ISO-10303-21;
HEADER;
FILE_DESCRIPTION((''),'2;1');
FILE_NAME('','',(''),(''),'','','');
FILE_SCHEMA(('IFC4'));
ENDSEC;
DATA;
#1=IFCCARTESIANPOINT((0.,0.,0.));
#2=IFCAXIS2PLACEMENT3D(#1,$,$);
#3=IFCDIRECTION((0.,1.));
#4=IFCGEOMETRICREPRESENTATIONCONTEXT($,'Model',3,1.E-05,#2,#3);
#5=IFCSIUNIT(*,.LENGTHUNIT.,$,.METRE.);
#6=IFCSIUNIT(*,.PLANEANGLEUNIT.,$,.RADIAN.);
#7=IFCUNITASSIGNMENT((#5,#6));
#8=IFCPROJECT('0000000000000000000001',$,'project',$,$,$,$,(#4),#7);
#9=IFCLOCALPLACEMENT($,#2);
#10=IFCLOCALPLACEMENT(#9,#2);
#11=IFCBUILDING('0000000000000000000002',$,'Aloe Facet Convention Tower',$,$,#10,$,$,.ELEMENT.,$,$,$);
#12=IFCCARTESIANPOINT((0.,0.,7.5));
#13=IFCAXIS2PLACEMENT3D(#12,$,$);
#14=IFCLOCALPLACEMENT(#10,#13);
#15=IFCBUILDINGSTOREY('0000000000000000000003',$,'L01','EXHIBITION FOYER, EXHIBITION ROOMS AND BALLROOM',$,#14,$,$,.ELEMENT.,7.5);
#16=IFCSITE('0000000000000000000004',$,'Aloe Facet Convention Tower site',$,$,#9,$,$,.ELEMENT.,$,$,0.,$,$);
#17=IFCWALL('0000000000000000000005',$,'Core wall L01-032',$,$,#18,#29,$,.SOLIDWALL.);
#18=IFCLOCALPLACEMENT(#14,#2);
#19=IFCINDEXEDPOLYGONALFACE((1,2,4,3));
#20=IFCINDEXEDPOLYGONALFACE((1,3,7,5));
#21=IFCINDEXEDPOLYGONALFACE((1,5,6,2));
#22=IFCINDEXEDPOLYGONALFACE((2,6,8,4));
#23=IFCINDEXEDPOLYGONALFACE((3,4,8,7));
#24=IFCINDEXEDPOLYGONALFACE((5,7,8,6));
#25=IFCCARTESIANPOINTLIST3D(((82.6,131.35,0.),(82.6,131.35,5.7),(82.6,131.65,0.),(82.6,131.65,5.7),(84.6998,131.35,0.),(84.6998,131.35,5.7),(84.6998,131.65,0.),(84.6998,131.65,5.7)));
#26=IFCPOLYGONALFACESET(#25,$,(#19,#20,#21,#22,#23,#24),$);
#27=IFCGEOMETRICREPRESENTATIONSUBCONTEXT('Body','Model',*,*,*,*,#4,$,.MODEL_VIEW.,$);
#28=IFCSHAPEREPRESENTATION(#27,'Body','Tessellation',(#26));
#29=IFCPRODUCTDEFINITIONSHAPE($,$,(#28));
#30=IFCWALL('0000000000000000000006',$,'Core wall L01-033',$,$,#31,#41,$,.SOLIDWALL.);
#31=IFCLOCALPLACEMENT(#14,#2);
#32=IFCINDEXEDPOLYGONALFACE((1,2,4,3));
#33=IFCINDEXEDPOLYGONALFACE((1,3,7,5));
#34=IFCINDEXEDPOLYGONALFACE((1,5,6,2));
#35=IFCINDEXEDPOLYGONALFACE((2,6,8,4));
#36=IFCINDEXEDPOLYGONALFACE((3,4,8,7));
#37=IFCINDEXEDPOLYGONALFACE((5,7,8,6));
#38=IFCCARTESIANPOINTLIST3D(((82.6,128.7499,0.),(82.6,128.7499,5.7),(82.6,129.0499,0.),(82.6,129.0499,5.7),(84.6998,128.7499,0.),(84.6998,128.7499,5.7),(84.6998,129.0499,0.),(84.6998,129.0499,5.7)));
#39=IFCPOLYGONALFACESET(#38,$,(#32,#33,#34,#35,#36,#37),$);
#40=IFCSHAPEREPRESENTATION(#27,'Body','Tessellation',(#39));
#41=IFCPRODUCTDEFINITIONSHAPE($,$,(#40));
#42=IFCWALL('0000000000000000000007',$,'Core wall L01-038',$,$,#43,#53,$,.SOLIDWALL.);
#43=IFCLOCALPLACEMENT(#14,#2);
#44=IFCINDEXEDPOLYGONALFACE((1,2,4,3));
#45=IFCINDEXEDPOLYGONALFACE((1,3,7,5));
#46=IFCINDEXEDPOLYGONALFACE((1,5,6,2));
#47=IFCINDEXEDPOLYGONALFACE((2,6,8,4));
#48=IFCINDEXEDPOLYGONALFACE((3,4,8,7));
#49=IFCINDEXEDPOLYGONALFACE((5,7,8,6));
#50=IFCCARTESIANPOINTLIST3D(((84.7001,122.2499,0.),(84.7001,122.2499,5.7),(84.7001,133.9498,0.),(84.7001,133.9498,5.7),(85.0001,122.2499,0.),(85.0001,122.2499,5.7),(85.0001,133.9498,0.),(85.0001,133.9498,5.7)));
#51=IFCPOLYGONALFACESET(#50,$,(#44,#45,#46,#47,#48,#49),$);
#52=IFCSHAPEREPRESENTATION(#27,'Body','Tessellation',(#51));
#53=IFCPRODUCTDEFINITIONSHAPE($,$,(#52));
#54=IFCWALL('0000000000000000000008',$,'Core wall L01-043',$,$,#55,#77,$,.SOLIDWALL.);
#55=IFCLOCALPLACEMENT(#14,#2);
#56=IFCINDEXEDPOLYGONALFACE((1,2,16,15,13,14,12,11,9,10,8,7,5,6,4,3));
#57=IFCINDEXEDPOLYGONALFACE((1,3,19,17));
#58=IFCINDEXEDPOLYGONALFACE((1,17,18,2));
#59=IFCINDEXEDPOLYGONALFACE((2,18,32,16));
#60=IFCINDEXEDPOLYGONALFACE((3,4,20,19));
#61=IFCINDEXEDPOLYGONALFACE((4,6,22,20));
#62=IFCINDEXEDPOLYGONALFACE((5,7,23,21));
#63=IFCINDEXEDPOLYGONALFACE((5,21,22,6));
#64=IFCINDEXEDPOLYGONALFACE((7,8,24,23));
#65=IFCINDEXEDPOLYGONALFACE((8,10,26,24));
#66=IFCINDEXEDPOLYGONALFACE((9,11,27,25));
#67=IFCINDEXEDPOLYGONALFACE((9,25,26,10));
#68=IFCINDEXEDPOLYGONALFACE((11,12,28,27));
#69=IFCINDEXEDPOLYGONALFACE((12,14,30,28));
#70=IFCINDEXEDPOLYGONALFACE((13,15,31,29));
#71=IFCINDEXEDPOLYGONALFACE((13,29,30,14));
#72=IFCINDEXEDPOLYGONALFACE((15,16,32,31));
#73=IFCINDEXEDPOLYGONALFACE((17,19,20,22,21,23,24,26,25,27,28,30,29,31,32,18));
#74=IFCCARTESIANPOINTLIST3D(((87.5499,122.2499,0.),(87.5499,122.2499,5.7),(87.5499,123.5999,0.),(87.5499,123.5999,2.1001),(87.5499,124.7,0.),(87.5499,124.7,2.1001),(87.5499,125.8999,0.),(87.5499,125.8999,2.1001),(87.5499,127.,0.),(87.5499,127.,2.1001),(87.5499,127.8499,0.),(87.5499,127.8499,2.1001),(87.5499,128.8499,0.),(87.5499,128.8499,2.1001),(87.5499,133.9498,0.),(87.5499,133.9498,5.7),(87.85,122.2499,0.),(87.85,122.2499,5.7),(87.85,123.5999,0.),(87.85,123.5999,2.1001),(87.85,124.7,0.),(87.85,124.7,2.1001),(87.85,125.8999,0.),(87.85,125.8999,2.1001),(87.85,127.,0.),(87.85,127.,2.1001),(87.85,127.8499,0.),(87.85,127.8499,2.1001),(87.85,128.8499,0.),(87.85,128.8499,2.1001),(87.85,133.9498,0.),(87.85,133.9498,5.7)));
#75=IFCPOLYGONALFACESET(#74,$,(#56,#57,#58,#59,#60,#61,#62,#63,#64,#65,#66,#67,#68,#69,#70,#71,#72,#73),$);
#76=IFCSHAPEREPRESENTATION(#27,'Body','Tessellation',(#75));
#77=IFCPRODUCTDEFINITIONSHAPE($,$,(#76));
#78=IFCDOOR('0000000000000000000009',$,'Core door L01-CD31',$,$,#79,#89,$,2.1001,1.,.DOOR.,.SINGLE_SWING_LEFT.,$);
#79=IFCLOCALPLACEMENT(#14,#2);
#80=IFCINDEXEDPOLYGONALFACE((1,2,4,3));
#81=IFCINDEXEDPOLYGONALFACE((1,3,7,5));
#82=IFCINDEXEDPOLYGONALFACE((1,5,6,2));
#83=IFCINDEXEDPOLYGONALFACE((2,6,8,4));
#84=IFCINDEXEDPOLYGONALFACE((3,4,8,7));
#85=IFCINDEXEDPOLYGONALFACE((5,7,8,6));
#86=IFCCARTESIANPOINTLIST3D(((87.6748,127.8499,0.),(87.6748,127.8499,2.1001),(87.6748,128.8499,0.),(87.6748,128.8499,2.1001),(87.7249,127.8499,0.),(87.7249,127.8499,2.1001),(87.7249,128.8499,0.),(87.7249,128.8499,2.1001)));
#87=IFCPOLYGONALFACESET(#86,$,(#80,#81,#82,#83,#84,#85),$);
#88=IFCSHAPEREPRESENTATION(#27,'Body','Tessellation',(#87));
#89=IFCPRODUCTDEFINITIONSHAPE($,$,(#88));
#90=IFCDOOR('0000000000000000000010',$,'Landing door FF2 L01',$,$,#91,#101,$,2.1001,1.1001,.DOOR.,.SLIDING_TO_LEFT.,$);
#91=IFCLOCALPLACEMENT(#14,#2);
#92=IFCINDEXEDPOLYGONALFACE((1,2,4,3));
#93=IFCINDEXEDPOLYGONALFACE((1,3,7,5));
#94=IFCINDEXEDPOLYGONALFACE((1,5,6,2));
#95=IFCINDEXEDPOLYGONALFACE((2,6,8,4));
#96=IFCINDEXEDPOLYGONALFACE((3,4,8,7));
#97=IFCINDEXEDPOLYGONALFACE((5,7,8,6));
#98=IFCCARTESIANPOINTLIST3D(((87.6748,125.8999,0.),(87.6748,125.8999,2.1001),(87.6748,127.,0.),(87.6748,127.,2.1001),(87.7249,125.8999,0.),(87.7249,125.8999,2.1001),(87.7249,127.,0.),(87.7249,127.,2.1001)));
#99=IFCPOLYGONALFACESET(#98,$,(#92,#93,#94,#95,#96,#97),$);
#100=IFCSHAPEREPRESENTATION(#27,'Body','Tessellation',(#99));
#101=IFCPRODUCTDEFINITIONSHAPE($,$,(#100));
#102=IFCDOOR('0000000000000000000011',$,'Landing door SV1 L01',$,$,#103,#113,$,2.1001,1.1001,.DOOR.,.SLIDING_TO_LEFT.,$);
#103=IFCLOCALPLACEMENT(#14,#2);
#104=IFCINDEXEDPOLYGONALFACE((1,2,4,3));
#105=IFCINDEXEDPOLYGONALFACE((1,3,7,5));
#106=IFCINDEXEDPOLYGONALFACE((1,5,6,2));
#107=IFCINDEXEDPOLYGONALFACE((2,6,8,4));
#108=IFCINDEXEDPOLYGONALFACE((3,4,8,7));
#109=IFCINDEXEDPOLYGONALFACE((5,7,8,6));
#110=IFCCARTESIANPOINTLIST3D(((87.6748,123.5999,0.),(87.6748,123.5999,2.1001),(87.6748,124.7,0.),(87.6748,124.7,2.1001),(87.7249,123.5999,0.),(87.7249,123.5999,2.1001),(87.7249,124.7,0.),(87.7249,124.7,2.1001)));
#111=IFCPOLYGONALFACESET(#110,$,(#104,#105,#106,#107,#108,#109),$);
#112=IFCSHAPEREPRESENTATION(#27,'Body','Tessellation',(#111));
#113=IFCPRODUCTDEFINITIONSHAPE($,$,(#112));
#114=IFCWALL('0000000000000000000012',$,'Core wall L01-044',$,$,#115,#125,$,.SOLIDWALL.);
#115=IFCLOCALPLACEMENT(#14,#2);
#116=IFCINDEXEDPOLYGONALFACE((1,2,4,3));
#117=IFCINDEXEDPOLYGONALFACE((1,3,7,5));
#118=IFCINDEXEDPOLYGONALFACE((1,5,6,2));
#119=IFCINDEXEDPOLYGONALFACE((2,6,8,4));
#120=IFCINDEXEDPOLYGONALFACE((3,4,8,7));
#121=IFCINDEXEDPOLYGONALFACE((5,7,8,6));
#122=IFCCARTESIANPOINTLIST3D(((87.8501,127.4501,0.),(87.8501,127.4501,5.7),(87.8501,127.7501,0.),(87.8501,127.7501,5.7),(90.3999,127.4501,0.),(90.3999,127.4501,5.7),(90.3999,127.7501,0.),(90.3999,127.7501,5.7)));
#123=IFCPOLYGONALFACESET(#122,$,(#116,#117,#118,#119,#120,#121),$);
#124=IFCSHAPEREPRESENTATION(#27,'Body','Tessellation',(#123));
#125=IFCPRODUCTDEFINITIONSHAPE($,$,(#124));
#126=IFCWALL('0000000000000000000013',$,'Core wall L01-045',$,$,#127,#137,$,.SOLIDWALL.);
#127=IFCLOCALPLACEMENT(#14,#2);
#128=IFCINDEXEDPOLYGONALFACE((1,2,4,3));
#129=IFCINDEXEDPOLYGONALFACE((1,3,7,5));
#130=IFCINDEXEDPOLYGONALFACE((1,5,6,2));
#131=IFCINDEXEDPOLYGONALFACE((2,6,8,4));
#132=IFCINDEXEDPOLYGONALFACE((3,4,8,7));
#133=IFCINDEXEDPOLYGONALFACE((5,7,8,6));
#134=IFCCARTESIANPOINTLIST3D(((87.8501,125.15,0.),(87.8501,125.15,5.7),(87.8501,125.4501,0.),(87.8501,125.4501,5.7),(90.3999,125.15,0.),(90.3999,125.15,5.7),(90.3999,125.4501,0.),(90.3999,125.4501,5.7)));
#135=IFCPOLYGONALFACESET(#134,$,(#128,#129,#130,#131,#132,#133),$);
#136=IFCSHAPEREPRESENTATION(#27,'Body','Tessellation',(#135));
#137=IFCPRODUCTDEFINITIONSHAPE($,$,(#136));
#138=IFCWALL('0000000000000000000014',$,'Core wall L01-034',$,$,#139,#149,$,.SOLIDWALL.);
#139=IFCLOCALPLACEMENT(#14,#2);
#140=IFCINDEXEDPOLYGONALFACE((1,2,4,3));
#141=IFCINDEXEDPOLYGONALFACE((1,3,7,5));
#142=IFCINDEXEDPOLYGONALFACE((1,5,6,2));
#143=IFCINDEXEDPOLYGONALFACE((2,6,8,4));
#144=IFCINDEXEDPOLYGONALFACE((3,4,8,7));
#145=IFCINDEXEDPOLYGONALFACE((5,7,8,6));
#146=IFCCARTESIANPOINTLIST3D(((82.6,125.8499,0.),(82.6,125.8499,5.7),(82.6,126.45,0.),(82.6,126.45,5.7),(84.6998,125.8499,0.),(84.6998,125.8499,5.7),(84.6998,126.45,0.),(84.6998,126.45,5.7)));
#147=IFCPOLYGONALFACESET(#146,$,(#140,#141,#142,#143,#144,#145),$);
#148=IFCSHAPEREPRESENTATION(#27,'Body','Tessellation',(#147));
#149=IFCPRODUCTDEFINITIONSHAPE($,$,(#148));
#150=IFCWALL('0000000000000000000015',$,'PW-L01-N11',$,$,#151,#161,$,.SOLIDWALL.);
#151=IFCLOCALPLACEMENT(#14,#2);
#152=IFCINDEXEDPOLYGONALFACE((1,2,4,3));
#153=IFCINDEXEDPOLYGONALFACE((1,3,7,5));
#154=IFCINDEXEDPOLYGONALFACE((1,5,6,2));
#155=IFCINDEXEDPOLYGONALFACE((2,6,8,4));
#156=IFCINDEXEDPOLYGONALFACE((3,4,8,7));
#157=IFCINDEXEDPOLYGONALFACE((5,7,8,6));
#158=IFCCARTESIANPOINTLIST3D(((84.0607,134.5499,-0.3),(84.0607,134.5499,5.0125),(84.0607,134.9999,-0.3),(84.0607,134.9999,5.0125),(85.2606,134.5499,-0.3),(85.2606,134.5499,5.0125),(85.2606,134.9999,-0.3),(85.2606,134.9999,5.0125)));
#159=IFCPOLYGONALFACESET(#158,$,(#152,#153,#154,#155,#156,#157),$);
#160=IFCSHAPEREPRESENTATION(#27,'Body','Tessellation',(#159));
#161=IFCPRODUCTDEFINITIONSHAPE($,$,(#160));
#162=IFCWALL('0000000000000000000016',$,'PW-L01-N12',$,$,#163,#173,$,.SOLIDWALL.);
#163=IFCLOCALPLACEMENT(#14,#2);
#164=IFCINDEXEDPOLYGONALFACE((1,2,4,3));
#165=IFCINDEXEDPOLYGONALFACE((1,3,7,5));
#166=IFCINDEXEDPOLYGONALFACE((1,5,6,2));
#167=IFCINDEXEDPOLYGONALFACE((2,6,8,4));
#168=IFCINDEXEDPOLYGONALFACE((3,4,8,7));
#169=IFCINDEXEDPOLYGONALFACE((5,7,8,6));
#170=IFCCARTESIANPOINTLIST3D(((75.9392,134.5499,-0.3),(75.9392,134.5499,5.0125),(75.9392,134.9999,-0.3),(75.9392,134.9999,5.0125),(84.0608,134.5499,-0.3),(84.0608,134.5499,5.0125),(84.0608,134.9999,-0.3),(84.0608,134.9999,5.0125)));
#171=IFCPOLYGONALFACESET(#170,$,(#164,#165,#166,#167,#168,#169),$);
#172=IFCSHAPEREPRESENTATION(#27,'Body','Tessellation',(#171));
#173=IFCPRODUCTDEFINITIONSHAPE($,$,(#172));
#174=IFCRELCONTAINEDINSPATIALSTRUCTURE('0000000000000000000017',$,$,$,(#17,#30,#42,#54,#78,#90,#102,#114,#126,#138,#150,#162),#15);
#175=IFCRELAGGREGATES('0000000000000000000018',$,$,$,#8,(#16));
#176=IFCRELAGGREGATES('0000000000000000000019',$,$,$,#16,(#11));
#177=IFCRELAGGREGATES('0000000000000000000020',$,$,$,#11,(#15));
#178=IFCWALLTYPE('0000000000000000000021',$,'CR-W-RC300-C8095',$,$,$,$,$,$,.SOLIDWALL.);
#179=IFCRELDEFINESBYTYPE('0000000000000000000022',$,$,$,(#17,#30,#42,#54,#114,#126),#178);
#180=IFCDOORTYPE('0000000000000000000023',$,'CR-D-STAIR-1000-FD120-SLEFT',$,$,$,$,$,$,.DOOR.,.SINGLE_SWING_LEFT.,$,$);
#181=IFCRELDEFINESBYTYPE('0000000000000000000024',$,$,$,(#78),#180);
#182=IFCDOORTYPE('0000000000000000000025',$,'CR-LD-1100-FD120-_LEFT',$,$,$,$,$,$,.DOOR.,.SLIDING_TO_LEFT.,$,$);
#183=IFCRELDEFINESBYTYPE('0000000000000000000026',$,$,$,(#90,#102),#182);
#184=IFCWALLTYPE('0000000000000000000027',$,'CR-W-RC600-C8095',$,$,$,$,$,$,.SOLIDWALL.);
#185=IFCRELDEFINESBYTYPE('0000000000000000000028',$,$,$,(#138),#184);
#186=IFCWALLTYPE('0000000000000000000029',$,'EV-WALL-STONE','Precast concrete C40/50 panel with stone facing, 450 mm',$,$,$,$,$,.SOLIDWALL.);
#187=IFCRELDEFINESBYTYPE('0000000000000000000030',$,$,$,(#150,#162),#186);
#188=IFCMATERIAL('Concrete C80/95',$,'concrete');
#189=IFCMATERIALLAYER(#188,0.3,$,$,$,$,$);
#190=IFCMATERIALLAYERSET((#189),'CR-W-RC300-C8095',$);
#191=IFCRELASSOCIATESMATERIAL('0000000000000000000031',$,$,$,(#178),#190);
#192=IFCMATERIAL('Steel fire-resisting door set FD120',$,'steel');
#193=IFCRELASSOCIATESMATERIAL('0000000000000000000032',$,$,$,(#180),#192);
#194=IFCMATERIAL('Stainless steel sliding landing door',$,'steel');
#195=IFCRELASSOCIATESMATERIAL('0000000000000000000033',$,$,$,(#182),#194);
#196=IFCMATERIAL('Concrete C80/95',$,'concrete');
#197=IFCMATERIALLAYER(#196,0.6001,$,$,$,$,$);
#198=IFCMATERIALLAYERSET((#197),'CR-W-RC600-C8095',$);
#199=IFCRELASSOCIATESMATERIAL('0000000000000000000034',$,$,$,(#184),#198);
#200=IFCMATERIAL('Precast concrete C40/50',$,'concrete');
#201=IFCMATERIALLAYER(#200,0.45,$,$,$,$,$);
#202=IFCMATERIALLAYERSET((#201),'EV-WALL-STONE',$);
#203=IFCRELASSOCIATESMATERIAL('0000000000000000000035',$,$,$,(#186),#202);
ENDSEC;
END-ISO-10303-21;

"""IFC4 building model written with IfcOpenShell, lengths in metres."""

from ifc_helpers import new_model, si_unit, direction, frame, frame_2d, origin, place, context, subcontext, project, spatial, rectangle, extrude, material, layer, layer_set, type_object, element, fill, save


model = new_model("IFC4")

# Units and contexts
model_context = context("Model", 3, precision=1e-05, world=origin(), true_north=direction((0.0, 1.0)))
body_context = subcontext(model_context, "Body", "Model", "MODEL_VIEW")
ifc_project = project(units=[si_unit("LENGTHUNIT", "METRE"), si_unit("PLANEANGLEUNIT", "RADIAN")], contexts=[model_context])

# Site, building, storey
site_placement = place(None, origin())
site = spatial("IfcSite", under=ifc_project, at=site_placement, Name="Aloe Facet Convention Tower site", CompositionType="ELEMENT", RefElevation=0.0)
building_placement = place(site_placement, origin())
building = spatial("IfcBuilding", under=site, at=building_placement, Name="Aloe Facet Convention Tower", CompositionType="ELEMENT")
storey_placement = place(building_placement, frame((0.0, 0.0, 7.5)))
storey = spatial("IfcBuildingStorey", under=building, at=storey_placement, Name="L01", Description="EXHIBITION FOYER, EXHIBITION ROOMS AND BALLROOM", CompositionType="ELEMENT", Elevation=7.5)

# Shared definitions
ifc_material_1 = material(Name="Concrete C80/95", Category="concrete")
ifc_layer_1 = layer(ifc_material_1, 0.3)
ifc_layer_set_1 = layer_set([ifc_layer_1], Name="CR-W-RC300-C8095")
wall_type_1 = type_object("IfcWallType", Name="CR-W-RC300-C8095", PredefinedType="SOLIDWALL", material=ifc_layer_set_1)
ifc_material_2 = material(Name="Steel fire-resisting door set FD120", Category="steel")
door_type_1 = type_object("IfcDoorType", Name="CR-D-STAIR-1000-FD120-SLEFT", OperationType="SINGLE_SWING_LEFT", PredefinedType="DOOR", material=ifc_material_2)

# Walls
for number, where, z_axis, x_axis, name in (
    (1, (82.6001, 131.5, 0.0), (0.0, 0.0, 1.0), (1.0, 0.0, 0.0), "Core wall L01-032"),
    (2, (82.6001, 128.8999, 0.0), (0.0, 0.0, 1.0), (1.0, 0.0, 0.0), "Core wall L01-033"),
):
    element("IfcWall", number, at=place(storey_placement, frame(where, z_axis=z_axis, x_axis=x_axis)), inside=storey, type_object=wall_type_1, Name=name, PredefinedType="SOLIDWALL", context=body_context, shape_type="SweptSolid", body=[
        extrude(rectangle(XDim=2.0999, YDim=0.3, at=frame_2d((1.0498, 0.0))), origin(), (0.0, 0.0, 1.0), 5.7),
    ])
wall_1_placement = place(storey_placement, frame((84.8501, 133.95, 0.0), z_axis=(0.0, 0.0, 1.0), x_axis=(0.0, -1.0, 0.0)))
element("IfcWall", 3, at=wall_1_placement, inside=storey, type_object=wall_type_1, Name="Core wall L01-038", PredefinedType="SOLIDWALL", context=body_context, shape_type="SweptSolid", body=[
    extrude(rectangle(XDim=11.7, YDim=0.3, at=frame_2d((5.8501, 0.0))), origin(), (0.0, 0.0, 1.0), 5.7),
])

# Wall, openings, doors
wall_2_placement = place(storey_placement, frame((87.7, 133.95, 0.0), z_axis=(0.0, 0.0, 1.0), x_axis=(0.0, -1.0, 0.0)))
wall_2 = element("IfcWall", 4, at=wall_2_placement, inside=storey, type_object=wall_type_1, Name="Core wall L01-043", PredefinedType="SOLIDWALL", context=body_context, shape_type="SweptSolid", body=[
    extrude(rectangle(XDim=11.7, YDim=0.3, at=frame_2d((5.8501, 0.0))), origin(), (0.0, 0.0, 1.0), 5.7),
])
opening_1_placement = place(wall_2_placement, frame((6.95, 0.0, 0.0)))
opening_1 = element("IfcOpeningElement", 5, at=opening_1_placement, cuts=wall_2, PredefinedType="OPENING", context=body_context, shape_type="SweptSolid", body=[
    extrude(rectangle(XDim=1.1001, YDim=2.1001, at=frame_2d((0.55, 1.05))), frame((0.0, 0.1602, 0.0), z_axis=(0.0, -1.0, 0.0), x_axis=(1.0, 0.0, 0.0)), (0.0, 0.0, 1.0), 0.3201),
])
opening_2_placement = place(wall_2_placement, frame((5.1001, 0.0, 0.0)))
opening_2 = element("IfcOpeningElement", 6, at=opening_2_placement, cuts=wall_2, PredefinedType="OPENING", context=body_context, shape_type="SweptSolid", body=[
    extrude(rectangle(XDim=1.0, YDim=2.1001, at=frame_2d((0.5, 1.05))), frame((0.0, 0.1602, 0.0), z_axis=(0.0, -1.0, 0.0), x_axis=(1.0, 0.0, 0.0)), (0.0, 0.0, 1.0), 0.3201),
])
opening_3_placement = place(wall_2_placement, frame((9.25, 0.0, 0.0)))
opening_3 = element("IfcOpeningElement", 7, at=opening_3_placement, cuts=wall_2, PredefinedType="OPENING", context=body_context, shape_type="SweptSolid", body=[
    extrude(rectangle(XDim=1.1001, YDim=2.1001, at=frame_2d((0.55, 1.05))), frame((0.0, 0.1602, 0.0), z_axis=(0.0, -1.0, 0.0), x_axis=(1.0, 0.0, 0.0)), (0.0, 0.0, 1.0), 0.3201),
])
door_1_placement = place(opening_2_placement, origin())
door_1 = element("IfcDoor", 8, at=door_1_placement, inside=storey, type_object=door_type_1, Name="Core door L01-CD31", OperationType="SINGLE_SWING_LEFT", OverallHeight=2.1001, OverallWidth=1.0, PredefinedType="DOOR", context=body_context, shape_type="SweptSolid", body=[
    extrude(rectangle(XDim=1.0, YDim=2.1001, at=frame_2d((0.5, 1.05))), frame((0.0, 0.0249, 0.0), z_axis=(0.0, -1.0, 0.0), x_axis=(1.0, 0.0, 0.0)), (0.0, 0.0, 1.0), 0.05),
])
fill(opening_2, door_1)
ifc_material_3 = material(Name="Stainless steel sliding landing door", Category="steel")
door_type_2 = type_object("IfcDoorType", Name="CR-LD-1100-FD120-_LEFT", OperationType="SLIDING_TO_LEFT", PredefinedType="DOOR", material=ifc_material_3)
door_2_placement = place(opening_1_placement, origin())
door_2 = element("IfcDoor", 9, at=door_2_placement, inside=storey, type_object=door_type_2, Name="Landing door FF2 L01", OperationType="SLIDING_TO_LEFT", OverallHeight=2.1001, OverallWidth=1.1001, PredefinedType="DOOR", context=body_context, shape_type="SweptSolid", body=[
    extrude(rectangle(XDim=1.1001, YDim=2.1001, at=frame_2d((0.55, 1.05))), frame((0.0, 0.0249, 0.0), z_axis=(0.0, -1.0, 0.0), x_axis=(1.0, 0.0, 0.0)), (0.0, 0.0, 1.0), 0.05),
])
fill(opening_1, door_2)
door_3_placement = place(opening_3_placement, origin())
door_3 = element("IfcDoor", 10, at=door_3_placement, inside=storey, type_object=door_type_2, Name="Landing door SV1 L01", OperationType="SLIDING_TO_LEFT", OverallHeight=2.1001, OverallWidth=1.1001, PredefinedType="DOOR", context=body_context, shape_type="SweptSolid", body=[
    extrude(rectangle(XDim=1.1001, YDim=2.1001, at=frame_2d((0.55, 1.05))), frame((0.0, 0.0249, 0.0), z_axis=(0.0, -1.0, 0.0), x_axis=(1.0, 0.0, 0.0)), (0.0, 0.0, 1.0), 0.05),
])
fill(opening_3, door_3)

# Walls
for number, where, z_axis, x_axis, name in (
    (11, (87.8501, 127.6001, 0.0), (0.0, 0.0, 1.0), (1.0, 0.0, 0.0), "Core wall L01-044"),
    (12, (87.8501, 125.3, 0.0), (0.0, 0.0, 1.0), (1.0, 0.0, 0.0), "Core wall L01-045"),
):
    element("IfcWall", number, at=place(storey_placement, frame(where, z_axis=z_axis, x_axis=x_axis)), inside=storey, type_object=wall_type_1, Name=name, PredefinedType="SOLIDWALL", context=body_context, shape_type="SweptSolid", body=[
        extrude(rectangle(XDim=2.5498, YDim=0.3, at=frame_2d((1.2749, 0.0))), origin(), (0.0, 0.0, 1.0), 5.7),
    ])
ifc_material_4 = material(Name="Concrete C80/95", Category="concrete")
ifc_layer_2 = layer(ifc_material_4, 0.6001)
ifc_layer_set_2 = layer_set([ifc_layer_2], Name="CR-W-RC600-C8095")
wall_type_2 = type_object("IfcWallType", Name="CR-W-RC600-C8095", PredefinedType="SOLIDWALL", material=ifc_layer_set_2)
wall_3_placement = place(storey_placement, frame((82.6001, 126.1499, 0.0), z_axis=(0.0, 0.0, 1.0), x_axis=(1.0, 0.0, 0.0)))
element("IfcWall", 13, at=wall_3_placement, inside=storey, type_object=wall_type_2, Name="Core wall L01-034", PredefinedType="SOLIDWALL", context=body_context, shape_type="SweptSolid", body=[
    extrude(rectangle(XDim=2.0999, YDim=0.6001, at=frame_2d((1.0498, 0.0))), origin(), (0.0, 0.0, 1.0), 5.7),
])
ifc_material_5 = material(Name="Precast concrete C40/50", Category="concrete")
ifc_layer_3 = layer(ifc_material_5, 0.45)
ifc_layer_set_3 = layer_set([ifc_layer_3], Name="EV-WALL-STONE")
wall_type_3 = type_object("IfcWallType", Name="EV-WALL-STONE", Description="Precast concrete C40/50 panel with stone facing, 450 mm", PredefinedType="SOLIDWALL", material=ifc_layer_set_3)
wall_4_placement = place(storey_placement, frame((85.2607, 134.7749, -0.3), z_axis=(0.0, 0.0, 1.0), x_axis=(-1.0, 0.0, 0.0)))
element("IfcWall", 14, at=wall_4_placement, inside=storey, type_object=wall_type_3, Name="PW-L01-N11", PredefinedType="SOLIDWALL", context=body_context, shape_type="SweptSolid", body=[
    extrude(rectangle(XDim=1.2, YDim=0.45, at=frame_2d((0.6001, 0.0))), origin(), (0.0, 0.0, 1.0), 5.3125),
])
wall_5_placement = place(storey_placement, frame((84.0608, 134.7749, -0.3), z_axis=(0.0, 0.0, 1.0), x_axis=(-1.0, 0.0, 0.0)))
element("IfcWall", 15, at=wall_5_placement, inside=storey, type_object=wall_type_3, Name="PW-L01-N12", PredefinedType="SOLIDWALL", context=body_context, shape_type="SweptSolid", body=[
    extrude(rectangle(XDim=8.1216, YDim=0.45, at=frame_2d((4.0608, 0.0))), origin(), (0.0, 0.0, 1.0), 5.3125),
])

save(model, "model.ifc")
